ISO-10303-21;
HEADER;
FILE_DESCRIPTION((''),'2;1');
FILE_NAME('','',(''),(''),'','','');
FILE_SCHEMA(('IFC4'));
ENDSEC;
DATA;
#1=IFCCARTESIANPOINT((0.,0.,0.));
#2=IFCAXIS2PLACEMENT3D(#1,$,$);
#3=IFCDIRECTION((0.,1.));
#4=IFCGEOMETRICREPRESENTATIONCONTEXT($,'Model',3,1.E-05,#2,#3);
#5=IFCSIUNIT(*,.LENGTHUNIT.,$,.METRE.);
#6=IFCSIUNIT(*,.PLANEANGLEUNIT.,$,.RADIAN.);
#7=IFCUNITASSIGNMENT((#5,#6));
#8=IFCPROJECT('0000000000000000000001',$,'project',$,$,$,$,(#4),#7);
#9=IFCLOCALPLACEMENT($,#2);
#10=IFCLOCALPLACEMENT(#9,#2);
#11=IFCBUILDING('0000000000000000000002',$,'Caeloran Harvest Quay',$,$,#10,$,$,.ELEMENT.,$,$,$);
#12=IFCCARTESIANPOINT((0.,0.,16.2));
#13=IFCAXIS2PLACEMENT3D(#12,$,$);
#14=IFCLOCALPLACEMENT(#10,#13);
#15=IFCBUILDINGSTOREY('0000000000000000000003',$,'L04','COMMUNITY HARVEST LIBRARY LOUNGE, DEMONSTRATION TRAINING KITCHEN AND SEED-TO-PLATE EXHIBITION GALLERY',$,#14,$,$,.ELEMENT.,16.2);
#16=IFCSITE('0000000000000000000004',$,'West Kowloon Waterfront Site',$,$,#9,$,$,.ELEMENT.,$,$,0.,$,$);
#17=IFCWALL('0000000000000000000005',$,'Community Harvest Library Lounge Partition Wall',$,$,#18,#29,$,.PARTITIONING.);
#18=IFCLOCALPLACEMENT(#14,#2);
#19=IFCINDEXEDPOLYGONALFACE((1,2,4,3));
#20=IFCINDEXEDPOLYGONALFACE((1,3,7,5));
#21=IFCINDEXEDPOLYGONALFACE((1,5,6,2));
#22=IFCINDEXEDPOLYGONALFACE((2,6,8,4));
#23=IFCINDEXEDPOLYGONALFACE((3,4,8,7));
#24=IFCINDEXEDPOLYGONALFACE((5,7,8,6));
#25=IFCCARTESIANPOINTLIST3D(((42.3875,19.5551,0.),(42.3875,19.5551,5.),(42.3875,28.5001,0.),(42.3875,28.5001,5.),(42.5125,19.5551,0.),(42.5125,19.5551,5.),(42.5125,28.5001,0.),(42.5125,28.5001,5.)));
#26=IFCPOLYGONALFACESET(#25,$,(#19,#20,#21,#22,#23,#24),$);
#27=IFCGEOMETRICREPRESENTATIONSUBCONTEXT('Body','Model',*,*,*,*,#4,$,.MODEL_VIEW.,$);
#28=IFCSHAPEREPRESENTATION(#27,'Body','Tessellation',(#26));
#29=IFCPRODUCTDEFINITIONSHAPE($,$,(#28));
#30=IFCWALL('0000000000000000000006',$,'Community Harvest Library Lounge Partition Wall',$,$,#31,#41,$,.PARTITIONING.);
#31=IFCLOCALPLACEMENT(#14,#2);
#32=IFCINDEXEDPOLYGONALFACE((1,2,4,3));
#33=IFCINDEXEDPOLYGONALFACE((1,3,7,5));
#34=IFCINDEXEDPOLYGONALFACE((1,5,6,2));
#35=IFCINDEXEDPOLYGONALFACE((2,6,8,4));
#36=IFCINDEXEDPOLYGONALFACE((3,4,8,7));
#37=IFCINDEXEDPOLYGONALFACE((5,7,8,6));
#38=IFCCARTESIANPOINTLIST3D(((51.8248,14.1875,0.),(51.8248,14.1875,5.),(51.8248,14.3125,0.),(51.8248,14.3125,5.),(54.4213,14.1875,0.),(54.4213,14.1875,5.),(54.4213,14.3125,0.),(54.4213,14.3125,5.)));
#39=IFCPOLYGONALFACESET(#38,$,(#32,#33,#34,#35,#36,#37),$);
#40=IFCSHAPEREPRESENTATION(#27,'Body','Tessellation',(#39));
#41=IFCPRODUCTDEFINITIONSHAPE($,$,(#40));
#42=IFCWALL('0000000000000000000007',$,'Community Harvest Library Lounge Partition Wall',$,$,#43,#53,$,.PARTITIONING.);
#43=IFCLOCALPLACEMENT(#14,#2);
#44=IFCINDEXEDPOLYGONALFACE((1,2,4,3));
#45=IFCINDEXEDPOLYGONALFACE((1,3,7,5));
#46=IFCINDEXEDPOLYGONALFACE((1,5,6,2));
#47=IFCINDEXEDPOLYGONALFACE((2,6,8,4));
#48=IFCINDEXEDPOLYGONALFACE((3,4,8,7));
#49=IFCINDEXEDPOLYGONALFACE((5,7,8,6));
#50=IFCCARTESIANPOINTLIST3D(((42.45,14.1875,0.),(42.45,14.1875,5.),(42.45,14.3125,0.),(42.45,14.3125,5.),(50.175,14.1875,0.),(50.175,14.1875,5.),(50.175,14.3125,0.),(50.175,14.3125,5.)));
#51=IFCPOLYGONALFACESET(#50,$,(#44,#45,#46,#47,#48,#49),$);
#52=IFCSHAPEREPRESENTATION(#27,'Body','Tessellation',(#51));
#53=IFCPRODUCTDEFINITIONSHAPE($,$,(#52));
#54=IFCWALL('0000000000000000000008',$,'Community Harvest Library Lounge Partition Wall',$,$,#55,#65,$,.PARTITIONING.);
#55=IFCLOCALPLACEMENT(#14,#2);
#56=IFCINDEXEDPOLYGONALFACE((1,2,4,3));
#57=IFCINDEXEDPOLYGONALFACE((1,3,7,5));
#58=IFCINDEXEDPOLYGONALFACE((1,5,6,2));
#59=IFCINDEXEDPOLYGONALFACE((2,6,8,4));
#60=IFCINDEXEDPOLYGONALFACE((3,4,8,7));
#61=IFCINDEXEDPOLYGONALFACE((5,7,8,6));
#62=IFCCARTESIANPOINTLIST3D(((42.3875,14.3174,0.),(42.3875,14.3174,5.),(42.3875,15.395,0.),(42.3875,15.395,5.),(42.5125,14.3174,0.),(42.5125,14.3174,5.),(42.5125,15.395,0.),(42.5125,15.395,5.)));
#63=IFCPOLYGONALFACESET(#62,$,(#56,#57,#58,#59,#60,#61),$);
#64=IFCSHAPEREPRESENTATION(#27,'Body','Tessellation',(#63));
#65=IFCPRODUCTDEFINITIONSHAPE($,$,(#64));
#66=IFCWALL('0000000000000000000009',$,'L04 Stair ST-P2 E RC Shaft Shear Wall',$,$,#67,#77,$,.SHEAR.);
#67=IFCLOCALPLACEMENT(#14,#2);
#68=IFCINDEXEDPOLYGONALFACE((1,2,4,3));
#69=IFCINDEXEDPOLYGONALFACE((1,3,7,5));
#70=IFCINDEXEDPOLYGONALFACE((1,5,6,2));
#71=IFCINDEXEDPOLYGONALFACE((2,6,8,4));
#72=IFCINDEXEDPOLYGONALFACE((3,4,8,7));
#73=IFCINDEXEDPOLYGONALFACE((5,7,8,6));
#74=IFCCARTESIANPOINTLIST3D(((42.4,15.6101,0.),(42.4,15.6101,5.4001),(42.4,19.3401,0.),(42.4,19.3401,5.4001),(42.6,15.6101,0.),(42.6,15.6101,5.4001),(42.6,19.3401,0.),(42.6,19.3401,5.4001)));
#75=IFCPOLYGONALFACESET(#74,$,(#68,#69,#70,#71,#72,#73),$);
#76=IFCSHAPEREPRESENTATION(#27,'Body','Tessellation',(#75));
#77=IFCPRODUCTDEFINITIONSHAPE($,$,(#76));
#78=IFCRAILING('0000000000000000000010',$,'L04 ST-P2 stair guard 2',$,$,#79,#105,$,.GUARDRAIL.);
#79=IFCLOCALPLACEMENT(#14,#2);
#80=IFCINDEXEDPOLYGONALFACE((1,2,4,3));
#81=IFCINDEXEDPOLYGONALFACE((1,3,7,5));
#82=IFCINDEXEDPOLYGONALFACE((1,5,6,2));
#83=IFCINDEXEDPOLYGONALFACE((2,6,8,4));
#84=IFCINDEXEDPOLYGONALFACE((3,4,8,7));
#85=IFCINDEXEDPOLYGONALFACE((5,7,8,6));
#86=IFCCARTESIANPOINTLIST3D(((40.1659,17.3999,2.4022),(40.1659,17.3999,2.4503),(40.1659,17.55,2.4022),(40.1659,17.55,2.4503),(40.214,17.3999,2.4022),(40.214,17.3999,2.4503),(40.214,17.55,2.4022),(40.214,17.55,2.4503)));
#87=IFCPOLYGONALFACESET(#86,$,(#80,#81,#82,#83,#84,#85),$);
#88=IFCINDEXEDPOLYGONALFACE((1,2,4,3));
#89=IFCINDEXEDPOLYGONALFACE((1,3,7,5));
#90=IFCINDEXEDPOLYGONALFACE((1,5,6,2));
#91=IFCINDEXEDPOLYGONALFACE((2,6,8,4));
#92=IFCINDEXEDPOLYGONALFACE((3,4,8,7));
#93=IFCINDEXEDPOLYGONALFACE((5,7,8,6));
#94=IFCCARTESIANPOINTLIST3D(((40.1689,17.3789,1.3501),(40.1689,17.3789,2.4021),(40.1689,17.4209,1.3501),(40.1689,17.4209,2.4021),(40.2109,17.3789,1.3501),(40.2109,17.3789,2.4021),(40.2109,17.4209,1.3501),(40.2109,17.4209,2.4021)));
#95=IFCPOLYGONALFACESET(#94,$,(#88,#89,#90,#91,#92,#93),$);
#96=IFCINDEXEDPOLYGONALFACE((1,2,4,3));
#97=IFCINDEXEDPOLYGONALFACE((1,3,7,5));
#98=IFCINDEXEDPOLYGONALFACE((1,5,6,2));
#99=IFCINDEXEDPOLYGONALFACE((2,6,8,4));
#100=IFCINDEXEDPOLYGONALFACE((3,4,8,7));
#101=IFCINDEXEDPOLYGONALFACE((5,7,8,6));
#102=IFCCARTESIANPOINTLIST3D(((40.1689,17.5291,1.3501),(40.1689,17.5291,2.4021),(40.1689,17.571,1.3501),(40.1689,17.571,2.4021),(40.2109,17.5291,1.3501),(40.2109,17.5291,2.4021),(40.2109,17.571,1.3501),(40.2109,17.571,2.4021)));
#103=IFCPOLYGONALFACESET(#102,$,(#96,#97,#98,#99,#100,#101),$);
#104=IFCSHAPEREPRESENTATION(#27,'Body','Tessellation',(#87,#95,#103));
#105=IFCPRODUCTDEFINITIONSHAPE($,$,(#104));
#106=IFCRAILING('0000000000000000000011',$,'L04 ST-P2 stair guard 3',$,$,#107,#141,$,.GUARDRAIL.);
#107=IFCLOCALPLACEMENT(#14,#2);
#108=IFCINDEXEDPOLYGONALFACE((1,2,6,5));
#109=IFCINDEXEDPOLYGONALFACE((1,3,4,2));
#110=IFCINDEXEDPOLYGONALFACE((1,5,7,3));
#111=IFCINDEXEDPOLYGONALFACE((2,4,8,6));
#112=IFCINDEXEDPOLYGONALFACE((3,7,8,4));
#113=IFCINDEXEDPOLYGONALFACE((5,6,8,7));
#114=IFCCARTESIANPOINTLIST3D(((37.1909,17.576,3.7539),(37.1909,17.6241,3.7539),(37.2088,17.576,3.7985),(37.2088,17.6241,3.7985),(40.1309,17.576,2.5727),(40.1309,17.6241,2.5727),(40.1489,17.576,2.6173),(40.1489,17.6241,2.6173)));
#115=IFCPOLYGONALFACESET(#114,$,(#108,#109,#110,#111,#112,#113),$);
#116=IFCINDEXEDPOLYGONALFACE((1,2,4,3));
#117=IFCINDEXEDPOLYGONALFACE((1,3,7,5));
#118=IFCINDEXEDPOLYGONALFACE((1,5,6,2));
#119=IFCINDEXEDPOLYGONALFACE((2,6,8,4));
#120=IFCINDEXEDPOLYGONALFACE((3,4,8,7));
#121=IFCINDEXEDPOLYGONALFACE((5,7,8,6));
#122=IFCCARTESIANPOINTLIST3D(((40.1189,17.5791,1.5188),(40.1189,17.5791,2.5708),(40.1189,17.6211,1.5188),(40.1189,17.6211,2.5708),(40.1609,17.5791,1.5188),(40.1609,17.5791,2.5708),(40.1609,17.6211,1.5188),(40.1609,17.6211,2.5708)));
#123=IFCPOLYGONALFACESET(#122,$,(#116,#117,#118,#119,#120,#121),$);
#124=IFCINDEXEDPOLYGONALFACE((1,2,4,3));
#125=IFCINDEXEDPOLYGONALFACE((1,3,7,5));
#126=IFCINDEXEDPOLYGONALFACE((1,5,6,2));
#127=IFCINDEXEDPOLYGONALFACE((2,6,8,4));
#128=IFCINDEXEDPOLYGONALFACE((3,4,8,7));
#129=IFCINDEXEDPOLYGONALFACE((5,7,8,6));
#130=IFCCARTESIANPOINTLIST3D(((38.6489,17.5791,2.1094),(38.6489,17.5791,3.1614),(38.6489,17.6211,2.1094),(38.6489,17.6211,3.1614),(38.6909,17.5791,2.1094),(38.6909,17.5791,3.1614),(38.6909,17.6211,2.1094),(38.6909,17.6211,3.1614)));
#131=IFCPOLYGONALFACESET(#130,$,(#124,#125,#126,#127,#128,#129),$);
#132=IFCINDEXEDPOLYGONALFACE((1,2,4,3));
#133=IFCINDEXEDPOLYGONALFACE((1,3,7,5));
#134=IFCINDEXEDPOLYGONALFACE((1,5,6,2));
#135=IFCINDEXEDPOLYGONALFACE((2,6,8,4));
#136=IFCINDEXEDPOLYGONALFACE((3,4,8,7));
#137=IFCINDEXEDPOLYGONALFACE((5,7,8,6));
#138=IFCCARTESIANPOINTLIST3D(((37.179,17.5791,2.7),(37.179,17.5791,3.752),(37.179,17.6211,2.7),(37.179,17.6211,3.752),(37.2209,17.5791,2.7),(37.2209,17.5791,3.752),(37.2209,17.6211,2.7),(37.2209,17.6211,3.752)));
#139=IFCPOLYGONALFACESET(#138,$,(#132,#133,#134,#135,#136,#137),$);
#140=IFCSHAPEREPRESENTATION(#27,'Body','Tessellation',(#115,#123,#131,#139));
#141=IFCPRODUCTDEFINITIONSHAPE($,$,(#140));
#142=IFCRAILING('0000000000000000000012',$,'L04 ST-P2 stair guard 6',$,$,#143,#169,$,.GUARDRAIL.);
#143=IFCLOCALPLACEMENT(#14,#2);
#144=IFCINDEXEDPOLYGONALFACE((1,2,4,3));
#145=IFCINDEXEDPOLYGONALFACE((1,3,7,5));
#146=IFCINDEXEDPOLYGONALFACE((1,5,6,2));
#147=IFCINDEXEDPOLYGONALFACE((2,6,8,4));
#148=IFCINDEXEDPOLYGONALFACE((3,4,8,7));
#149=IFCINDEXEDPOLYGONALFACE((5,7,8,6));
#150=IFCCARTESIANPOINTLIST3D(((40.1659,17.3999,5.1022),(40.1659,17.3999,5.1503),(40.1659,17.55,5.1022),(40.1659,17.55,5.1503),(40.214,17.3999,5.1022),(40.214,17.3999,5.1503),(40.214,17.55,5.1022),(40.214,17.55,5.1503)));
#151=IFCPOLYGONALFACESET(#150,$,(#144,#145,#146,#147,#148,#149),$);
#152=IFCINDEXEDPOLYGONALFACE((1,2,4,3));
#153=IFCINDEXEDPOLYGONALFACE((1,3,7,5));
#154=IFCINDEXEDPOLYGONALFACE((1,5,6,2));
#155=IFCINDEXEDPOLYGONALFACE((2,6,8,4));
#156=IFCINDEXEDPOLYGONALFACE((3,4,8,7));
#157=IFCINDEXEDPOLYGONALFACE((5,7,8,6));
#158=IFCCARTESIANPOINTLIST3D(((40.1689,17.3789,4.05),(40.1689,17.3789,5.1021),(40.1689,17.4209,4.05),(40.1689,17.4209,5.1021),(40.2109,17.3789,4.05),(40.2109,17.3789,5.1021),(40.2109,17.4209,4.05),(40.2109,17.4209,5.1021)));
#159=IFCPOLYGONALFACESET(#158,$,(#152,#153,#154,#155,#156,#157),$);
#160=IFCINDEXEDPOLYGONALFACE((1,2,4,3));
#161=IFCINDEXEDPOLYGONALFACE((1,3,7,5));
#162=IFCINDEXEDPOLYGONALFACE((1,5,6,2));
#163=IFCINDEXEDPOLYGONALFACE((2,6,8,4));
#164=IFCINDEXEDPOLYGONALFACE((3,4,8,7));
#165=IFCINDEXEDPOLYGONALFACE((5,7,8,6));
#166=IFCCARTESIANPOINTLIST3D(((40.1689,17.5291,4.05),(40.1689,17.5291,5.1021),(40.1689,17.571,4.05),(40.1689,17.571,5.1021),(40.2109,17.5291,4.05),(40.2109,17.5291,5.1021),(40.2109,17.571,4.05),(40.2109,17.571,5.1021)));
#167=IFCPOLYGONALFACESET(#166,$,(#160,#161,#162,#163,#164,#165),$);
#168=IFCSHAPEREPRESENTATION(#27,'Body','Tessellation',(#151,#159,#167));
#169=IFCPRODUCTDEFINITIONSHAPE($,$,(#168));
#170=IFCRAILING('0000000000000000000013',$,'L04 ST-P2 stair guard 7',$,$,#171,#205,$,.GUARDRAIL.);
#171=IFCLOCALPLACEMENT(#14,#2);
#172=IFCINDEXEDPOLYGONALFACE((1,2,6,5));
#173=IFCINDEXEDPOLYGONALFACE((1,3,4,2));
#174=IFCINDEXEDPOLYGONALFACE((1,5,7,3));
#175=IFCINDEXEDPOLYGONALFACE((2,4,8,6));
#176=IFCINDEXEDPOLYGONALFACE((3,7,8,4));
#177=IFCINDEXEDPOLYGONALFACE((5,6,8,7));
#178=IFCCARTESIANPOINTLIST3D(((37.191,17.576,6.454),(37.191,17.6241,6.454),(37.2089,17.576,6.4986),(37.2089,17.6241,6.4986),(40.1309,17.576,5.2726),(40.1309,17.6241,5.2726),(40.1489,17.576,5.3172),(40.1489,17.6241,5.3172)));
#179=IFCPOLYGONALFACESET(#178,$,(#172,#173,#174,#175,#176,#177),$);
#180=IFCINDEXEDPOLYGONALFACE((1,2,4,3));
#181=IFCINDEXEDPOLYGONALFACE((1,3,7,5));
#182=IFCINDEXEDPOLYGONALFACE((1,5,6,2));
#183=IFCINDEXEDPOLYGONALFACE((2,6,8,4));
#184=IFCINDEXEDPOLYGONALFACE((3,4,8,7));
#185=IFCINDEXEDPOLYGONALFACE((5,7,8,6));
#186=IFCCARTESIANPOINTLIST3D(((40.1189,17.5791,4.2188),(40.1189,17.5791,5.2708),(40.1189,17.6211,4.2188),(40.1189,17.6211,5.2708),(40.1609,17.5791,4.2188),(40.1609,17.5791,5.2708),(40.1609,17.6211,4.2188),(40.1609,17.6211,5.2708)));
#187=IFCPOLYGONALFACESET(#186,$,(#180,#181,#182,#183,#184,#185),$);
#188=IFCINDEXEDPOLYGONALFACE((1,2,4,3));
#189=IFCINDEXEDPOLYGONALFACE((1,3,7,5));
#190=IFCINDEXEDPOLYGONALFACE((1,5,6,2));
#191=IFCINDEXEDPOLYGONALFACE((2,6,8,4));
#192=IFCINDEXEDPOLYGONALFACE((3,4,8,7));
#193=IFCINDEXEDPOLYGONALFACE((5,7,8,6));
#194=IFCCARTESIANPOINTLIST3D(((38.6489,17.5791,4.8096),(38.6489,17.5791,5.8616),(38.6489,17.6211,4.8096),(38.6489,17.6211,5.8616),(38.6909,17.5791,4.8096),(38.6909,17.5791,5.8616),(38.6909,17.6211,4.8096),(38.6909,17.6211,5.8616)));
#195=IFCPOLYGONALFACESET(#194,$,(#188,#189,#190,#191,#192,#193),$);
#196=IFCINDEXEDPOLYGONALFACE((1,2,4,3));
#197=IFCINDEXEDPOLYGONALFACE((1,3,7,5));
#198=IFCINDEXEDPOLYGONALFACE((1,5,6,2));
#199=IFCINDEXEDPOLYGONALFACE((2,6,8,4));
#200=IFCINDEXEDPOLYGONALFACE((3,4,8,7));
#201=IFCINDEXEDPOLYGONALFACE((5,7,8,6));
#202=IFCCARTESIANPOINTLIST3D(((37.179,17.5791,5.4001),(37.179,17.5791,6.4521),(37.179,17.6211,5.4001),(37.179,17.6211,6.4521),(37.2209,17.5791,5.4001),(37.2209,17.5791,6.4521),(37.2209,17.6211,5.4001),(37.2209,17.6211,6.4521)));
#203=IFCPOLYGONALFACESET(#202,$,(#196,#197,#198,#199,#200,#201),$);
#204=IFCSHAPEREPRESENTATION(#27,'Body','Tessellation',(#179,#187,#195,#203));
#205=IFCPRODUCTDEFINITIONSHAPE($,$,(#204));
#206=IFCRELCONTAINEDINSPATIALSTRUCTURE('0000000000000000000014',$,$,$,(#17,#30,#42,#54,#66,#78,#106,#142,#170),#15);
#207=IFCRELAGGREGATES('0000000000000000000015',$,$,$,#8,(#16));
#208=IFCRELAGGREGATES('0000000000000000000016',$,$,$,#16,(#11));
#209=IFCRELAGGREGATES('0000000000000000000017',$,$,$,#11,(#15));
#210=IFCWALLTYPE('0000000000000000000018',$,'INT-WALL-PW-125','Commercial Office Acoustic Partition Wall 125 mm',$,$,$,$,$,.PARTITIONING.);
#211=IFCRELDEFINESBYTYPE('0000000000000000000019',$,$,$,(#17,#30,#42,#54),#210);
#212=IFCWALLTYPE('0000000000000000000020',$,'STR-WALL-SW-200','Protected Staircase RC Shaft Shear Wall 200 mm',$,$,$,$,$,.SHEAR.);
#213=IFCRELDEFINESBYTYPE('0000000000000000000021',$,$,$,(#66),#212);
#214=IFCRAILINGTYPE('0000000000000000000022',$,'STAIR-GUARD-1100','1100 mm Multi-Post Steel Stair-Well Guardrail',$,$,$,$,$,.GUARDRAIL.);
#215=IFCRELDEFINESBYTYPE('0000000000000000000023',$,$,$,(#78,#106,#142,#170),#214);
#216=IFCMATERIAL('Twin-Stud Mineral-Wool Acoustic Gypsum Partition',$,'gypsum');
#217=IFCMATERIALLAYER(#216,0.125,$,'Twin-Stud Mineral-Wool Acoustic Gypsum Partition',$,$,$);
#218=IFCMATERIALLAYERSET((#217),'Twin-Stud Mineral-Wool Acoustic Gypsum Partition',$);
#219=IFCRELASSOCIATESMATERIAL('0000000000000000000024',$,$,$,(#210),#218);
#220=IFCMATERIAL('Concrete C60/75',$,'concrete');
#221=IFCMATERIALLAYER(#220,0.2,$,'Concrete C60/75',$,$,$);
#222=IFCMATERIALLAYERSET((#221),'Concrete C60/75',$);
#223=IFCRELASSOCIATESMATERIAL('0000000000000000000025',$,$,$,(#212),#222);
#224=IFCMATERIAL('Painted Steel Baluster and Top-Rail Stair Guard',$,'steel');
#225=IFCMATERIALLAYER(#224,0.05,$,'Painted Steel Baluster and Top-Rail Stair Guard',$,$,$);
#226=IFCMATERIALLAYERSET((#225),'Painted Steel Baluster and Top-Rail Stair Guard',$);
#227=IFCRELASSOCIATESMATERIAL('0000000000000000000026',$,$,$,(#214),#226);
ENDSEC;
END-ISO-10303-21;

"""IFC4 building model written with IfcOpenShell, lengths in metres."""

from ifc_helpers import new_model, si_unit, direction, frame, frame_2d, origin, origin_2d, place, context, subcontext, project, spatial, rectangle, extrude, material, layer, layer_set, type_object, element, save


model = new_model("IFC4")

# Units and contexts
model_context = context("Model", 3, precision=1e-05, world=origin(), true_north=direction((0.0, 1.0)))
body_context = subcontext(model_context, "Body", "Model", "MODEL_VIEW")
ifc_project = project(units=[si_unit("LENGTHUNIT", "METRE"), si_unit("PLANEANGLEUNIT", "RADIAN")], contexts=[model_context])

# Site, building, storey
site_placement = place(None, origin())
site = spatial("IfcSite", under=ifc_project, at=site_placement, Name="West Kowloon Waterfront Site", CompositionType="ELEMENT", RefElevation=0.0)
building_placement = place(site_placement, origin())
building = spatial("IfcBuilding", under=site, at=building_placement, Name="Caeloran Harvest Quay", CompositionType="ELEMENT")
storey_placement = place(building_placement, frame((0.0, 0.0, 16.2)))
storey = spatial("IfcBuildingStorey", under=building, at=storey_placement, Name="L04", Description="COMMUNITY HARVEST LIBRARY LOUNGE, DEMONSTRATION TRAINING KITCHEN AND SEED-TO-PLATE EXHIBITION GALLERY", CompositionType="ELEMENT", Elevation=16.2)

# Shared definitions
ifc_material_1 = material(Name="Twin-Stud Mineral-Wool Acoustic Gypsum Partition", Category="gypsum")
ifc_layer_1 = layer(ifc_material_1, 0.125, Name="Twin-Stud Mineral-Wool Acoustic Gypsum Partition")
ifc_layer_set_1 = layer_set([ifc_layer_1], Name="Twin-Stud Mineral-Wool Acoustic Gypsum Partition")
wall_type_1 = type_object("IfcWallType", Name="INT-WALL-PW-125", Description="Commercial Office Acoustic Partition Wall 125 mm", PredefinedType="PARTITIONING", material=ifc_layer_set_1)

# Walls
wall_1_placement = place(storey_placement, frame((42.45, 19.5549, 0.0), z_axis=(0.0, 0.0, 1.0), x_axis=(0.0, 1.0, 0.0)))
element("IfcWall", 1, at=wall_1_placement, inside=storey, type_object=wall_type_1, Name="Community Harvest Library Lounge Partition Wall", PredefinedType="PARTITIONING", context=body_context, shape_type="SweptSolid", body=[
    extrude(rectangle(XDim=8.9451, YDim=0.125, at=frame_2d((4.4727, 0.0))), origin(), (0.0, 0.0, 1.0), 5.0),
])
wall_2_placement = place(storey_placement, frame((54.4214, 14.25, 0.0), z_axis=(0.0, 0.0, 1.0), x_axis=(-1.0, 0.0, 0.0)))
element("IfcWall", 2, at=wall_2_placement, inside=storey, type_object=wall_type_1, Name="Community Harvest Library Lounge Partition Wall", PredefinedType="PARTITIONING", context=body_context, shape_type="SweptSolid", body=[
    extrude(rectangle(XDim=2.5964, YDim=0.125, at=frame_2d((1.2983, 0.0))), origin(), (0.0, 0.0, 1.0), 5.0),
])
wall_3_placement = place(storey_placement, frame((50.175, 14.25, 0.0), z_axis=(0.0, 0.0, 1.0), x_axis=(-1.0, 0.0, 0.0)))
element("IfcWall", 3, at=wall_3_placement, inside=storey, type_object=wall_type_1, Name="Community Harvest Library Lounge Partition Wall", PredefinedType="PARTITIONING", context=body_context, shape_type="SweptSolid", body=[
    extrude(rectangle(XDim=7.7251, YDim=0.125, at=frame_2d((3.8625, 0.0))), origin(), (0.0, 0.0, 1.0), 5.0),
])
wall_4_placement = place(storey_placement, frame((42.45, 14.3174, 0.0), z_axis=(0.0, 0.0, 1.0), x_axis=(0.0, 1.0, 0.0)))
element("IfcWall", 4, at=wall_4_placement, inside=storey, type_object=wall_type_1, Name="Community Harvest Library Lounge Partition Wall", PredefinedType="PARTITIONING", context=body_context, shape_type="SweptSolid", body=[
    extrude(rectangle(XDim=1.0776, YDim=0.125, at=frame_2d((0.5388, 0.0))), origin(), (0.0, 0.0, 1.0), 5.0),
])
ifc_material_2 = material(Name="Concrete C60/75", Category="concrete")
ifc_layer_2 = layer(ifc_material_2, 0.2, Name="Concrete C60/75")
ifc_layer_set_2 = layer_set([ifc_layer_2], Name="Concrete C60/75")
wall_type_2 = type_object("IfcWallType", Name="STR-WALL-SW-200", Description="Protected Staircase RC Shaft Shear Wall 200 mm", PredefinedType="SHEAR", material=ifc_layer_set_2)
wall_5_placement = place(storey_placement, frame((42.5, 15.6101, 0.0), z_axis=(0.0, 0.0, 1.0), x_axis=(0.0, 1.0, 0.0)))
element("IfcWall", 5, at=wall_5_placement, inside=storey, type_object=wall_type_2, Name="L04 Stair ST-P2 E RC Shaft Shear Wall", PredefinedType="SHEAR", context=body_context, shape_type="SweptSolid", body=[
    extrude(rectangle(XDim=3.73, YDim=0.2, at=frame_2d((1.865, 0.0))), origin(), (0.0, 0.0, 1.0), 5.4001),
])

# Railings
ifc_material_3 = material(Name="Painted Steel Baluster and Top-Rail Stair Guard", Category="steel")
ifc_layer_3 = layer(ifc_material_3, 0.05, Name="Painted Steel Baluster and Top-Rail Stair Guard")
ifc_layer_set_3 = layer_set([ifc_layer_3], Name="Painted Steel Baluster and Top-Rail Stair Guard")
railing_type_1 = type_object("IfcRailingType", Name="STAIR-GUARD-1100", Description="1100 mm Multi-Post Steel Stair-Well Guardrail", PredefinedType="GUARDRAIL", material=ifc_layer_set_3)
railing_1_placement = place(storey_placement, frame((40.1899, 17.3999, 1.3501)))
element("IfcRailing", 6, at=railing_1_placement, inside=storey, type_object=railing_type_1, Name="L04 ST-P2 stair guard 2", PredefinedType="GUARDRAIL", context=body_context, shape_type="SweptSolid", body=[
    extrude(rectangle(XDim=0.0481, YDim=0.0481, at=origin_2d()), frame((0.0, 0.0, 1.0762), z_axis=(0.0, 1.0, 0.0), x_axis=(-1.0, 0.0, 0.0)), (0.0, 0.0, 1.0), 0.1501),
    extrude(rectangle(XDim=0.042, YDim=0.042, at=origin_2d()), origin(), (0.0, 0.0, 1.0), 1.052),
    extrude(rectangle(XDim=0.042, YDim=0.042, at=origin_2d()), frame((0.0, 0.1501, 0.0)), (0.0, 0.0, 1.0), 1.052),
])
railing_2_placement = place(storey_placement, frame((40.1399, 17.6001, 1.5188)))
element("IfcRailing", 7, at=railing_2_placement, inside=storey, type_object=railing_type_1, Name="L04 ST-P2 stair guard 3", PredefinedType="GUARDRAIL", context=body_context, shape_type="SweptSolid", body=[
    extrude(rectangle(XDim=0.0481, YDim=0.0481, at=origin_2d()), frame((0.0, 0.0, 1.0762), z_axis=(-0.927912, 0.0, 0.372799), x_axis=(0.0, -1.0, 0.0)), (0.0, 0.0, 1.0), 3.1685),
    extrude(rectangle(XDim=0.042, YDim=0.042, at=origin_2d()), origin(), (0.0, 0.0, 1.0), 1.052),
    extrude(rectangle(XDim=0.042, YDim=0.042, at=origin_2d()), frame((-1.47, 0.0, 0.5906)), (0.0, 0.0, 1.0), 1.052),
    extrude(rectangle(XDim=0.042, YDim=0.042, at=origin_2d()), frame((-2.9399, 0.0, 1.1812)), (0.0, 0.0, 1.0), 1.052),
])
railing_3_placement = place(storey_placement, frame((40.1899, 17.3999, 4.05)))
element("IfcRailing", 8, at=railing_3_placement, inside=storey, type_object=railing_type_1, Name="L04 ST-P2 stair guard 6", PredefinedType="GUARDRAIL", context=body_context, shape_type="SweptSolid", body=[
    extrude(rectangle(XDim=0.0481, YDim=0.0481, at=origin_2d()), frame((0.0, 0.0, 1.0762), z_axis=(0.0, 1.0, 0.0), x_axis=(-1.0, 0.0, 0.0)), (0.0, 0.0, 1.0), 0.1501),
    extrude(rectangle(XDim=0.042, YDim=0.042, at=origin_2d()), origin(), (0.0, 0.0, 1.0), 1.052),
    extrude(rectangle(XDim=0.042, YDim=0.042, at=origin_2d()), frame((0.0, 0.1501, 0.0)), (0.0, 0.0, 1.0), 1.052),
])
railing_4_placement = place(storey_placement, frame((40.1399, 17.6001, 4.2188)))
element("IfcRailing", 9, at=railing_4_placement, inside=storey, type_object=railing_type_1, Name="L04 ST-P2 stair guard 7", PredefinedType="GUARDRAIL", context=body_context, shape_type="SweptSolid", body=[
    extrude(rectangle(XDim=0.0481, YDim=0.0481, at=origin_2d()), frame((0.0, 0.0, 1.0762), z_axis=(-0.927886, 0.0, 0.372865), x_axis=(0.0, -1.0, 0.0)), (0.0, 0.0, 1.0), 3.1685),
    extrude(rectangle(XDim=0.042, YDim=0.042, at=origin_2d()), origin(), (0.0, 0.0, 1.0), 1.052),
    extrude(rectangle(XDim=0.042, YDim=0.042, at=origin_2d()), frame((-1.47, 0.0, 0.5908)), (0.0, 0.0, 1.0), 1.052),
    extrude(rectangle(XDim=0.042, YDim=0.042, at=origin_2d()), frame((-2.9399, 0.0, 1.1814)), (0.0, 0.0, 1.0), 1.052),
])

save(model, "model.ifc")
